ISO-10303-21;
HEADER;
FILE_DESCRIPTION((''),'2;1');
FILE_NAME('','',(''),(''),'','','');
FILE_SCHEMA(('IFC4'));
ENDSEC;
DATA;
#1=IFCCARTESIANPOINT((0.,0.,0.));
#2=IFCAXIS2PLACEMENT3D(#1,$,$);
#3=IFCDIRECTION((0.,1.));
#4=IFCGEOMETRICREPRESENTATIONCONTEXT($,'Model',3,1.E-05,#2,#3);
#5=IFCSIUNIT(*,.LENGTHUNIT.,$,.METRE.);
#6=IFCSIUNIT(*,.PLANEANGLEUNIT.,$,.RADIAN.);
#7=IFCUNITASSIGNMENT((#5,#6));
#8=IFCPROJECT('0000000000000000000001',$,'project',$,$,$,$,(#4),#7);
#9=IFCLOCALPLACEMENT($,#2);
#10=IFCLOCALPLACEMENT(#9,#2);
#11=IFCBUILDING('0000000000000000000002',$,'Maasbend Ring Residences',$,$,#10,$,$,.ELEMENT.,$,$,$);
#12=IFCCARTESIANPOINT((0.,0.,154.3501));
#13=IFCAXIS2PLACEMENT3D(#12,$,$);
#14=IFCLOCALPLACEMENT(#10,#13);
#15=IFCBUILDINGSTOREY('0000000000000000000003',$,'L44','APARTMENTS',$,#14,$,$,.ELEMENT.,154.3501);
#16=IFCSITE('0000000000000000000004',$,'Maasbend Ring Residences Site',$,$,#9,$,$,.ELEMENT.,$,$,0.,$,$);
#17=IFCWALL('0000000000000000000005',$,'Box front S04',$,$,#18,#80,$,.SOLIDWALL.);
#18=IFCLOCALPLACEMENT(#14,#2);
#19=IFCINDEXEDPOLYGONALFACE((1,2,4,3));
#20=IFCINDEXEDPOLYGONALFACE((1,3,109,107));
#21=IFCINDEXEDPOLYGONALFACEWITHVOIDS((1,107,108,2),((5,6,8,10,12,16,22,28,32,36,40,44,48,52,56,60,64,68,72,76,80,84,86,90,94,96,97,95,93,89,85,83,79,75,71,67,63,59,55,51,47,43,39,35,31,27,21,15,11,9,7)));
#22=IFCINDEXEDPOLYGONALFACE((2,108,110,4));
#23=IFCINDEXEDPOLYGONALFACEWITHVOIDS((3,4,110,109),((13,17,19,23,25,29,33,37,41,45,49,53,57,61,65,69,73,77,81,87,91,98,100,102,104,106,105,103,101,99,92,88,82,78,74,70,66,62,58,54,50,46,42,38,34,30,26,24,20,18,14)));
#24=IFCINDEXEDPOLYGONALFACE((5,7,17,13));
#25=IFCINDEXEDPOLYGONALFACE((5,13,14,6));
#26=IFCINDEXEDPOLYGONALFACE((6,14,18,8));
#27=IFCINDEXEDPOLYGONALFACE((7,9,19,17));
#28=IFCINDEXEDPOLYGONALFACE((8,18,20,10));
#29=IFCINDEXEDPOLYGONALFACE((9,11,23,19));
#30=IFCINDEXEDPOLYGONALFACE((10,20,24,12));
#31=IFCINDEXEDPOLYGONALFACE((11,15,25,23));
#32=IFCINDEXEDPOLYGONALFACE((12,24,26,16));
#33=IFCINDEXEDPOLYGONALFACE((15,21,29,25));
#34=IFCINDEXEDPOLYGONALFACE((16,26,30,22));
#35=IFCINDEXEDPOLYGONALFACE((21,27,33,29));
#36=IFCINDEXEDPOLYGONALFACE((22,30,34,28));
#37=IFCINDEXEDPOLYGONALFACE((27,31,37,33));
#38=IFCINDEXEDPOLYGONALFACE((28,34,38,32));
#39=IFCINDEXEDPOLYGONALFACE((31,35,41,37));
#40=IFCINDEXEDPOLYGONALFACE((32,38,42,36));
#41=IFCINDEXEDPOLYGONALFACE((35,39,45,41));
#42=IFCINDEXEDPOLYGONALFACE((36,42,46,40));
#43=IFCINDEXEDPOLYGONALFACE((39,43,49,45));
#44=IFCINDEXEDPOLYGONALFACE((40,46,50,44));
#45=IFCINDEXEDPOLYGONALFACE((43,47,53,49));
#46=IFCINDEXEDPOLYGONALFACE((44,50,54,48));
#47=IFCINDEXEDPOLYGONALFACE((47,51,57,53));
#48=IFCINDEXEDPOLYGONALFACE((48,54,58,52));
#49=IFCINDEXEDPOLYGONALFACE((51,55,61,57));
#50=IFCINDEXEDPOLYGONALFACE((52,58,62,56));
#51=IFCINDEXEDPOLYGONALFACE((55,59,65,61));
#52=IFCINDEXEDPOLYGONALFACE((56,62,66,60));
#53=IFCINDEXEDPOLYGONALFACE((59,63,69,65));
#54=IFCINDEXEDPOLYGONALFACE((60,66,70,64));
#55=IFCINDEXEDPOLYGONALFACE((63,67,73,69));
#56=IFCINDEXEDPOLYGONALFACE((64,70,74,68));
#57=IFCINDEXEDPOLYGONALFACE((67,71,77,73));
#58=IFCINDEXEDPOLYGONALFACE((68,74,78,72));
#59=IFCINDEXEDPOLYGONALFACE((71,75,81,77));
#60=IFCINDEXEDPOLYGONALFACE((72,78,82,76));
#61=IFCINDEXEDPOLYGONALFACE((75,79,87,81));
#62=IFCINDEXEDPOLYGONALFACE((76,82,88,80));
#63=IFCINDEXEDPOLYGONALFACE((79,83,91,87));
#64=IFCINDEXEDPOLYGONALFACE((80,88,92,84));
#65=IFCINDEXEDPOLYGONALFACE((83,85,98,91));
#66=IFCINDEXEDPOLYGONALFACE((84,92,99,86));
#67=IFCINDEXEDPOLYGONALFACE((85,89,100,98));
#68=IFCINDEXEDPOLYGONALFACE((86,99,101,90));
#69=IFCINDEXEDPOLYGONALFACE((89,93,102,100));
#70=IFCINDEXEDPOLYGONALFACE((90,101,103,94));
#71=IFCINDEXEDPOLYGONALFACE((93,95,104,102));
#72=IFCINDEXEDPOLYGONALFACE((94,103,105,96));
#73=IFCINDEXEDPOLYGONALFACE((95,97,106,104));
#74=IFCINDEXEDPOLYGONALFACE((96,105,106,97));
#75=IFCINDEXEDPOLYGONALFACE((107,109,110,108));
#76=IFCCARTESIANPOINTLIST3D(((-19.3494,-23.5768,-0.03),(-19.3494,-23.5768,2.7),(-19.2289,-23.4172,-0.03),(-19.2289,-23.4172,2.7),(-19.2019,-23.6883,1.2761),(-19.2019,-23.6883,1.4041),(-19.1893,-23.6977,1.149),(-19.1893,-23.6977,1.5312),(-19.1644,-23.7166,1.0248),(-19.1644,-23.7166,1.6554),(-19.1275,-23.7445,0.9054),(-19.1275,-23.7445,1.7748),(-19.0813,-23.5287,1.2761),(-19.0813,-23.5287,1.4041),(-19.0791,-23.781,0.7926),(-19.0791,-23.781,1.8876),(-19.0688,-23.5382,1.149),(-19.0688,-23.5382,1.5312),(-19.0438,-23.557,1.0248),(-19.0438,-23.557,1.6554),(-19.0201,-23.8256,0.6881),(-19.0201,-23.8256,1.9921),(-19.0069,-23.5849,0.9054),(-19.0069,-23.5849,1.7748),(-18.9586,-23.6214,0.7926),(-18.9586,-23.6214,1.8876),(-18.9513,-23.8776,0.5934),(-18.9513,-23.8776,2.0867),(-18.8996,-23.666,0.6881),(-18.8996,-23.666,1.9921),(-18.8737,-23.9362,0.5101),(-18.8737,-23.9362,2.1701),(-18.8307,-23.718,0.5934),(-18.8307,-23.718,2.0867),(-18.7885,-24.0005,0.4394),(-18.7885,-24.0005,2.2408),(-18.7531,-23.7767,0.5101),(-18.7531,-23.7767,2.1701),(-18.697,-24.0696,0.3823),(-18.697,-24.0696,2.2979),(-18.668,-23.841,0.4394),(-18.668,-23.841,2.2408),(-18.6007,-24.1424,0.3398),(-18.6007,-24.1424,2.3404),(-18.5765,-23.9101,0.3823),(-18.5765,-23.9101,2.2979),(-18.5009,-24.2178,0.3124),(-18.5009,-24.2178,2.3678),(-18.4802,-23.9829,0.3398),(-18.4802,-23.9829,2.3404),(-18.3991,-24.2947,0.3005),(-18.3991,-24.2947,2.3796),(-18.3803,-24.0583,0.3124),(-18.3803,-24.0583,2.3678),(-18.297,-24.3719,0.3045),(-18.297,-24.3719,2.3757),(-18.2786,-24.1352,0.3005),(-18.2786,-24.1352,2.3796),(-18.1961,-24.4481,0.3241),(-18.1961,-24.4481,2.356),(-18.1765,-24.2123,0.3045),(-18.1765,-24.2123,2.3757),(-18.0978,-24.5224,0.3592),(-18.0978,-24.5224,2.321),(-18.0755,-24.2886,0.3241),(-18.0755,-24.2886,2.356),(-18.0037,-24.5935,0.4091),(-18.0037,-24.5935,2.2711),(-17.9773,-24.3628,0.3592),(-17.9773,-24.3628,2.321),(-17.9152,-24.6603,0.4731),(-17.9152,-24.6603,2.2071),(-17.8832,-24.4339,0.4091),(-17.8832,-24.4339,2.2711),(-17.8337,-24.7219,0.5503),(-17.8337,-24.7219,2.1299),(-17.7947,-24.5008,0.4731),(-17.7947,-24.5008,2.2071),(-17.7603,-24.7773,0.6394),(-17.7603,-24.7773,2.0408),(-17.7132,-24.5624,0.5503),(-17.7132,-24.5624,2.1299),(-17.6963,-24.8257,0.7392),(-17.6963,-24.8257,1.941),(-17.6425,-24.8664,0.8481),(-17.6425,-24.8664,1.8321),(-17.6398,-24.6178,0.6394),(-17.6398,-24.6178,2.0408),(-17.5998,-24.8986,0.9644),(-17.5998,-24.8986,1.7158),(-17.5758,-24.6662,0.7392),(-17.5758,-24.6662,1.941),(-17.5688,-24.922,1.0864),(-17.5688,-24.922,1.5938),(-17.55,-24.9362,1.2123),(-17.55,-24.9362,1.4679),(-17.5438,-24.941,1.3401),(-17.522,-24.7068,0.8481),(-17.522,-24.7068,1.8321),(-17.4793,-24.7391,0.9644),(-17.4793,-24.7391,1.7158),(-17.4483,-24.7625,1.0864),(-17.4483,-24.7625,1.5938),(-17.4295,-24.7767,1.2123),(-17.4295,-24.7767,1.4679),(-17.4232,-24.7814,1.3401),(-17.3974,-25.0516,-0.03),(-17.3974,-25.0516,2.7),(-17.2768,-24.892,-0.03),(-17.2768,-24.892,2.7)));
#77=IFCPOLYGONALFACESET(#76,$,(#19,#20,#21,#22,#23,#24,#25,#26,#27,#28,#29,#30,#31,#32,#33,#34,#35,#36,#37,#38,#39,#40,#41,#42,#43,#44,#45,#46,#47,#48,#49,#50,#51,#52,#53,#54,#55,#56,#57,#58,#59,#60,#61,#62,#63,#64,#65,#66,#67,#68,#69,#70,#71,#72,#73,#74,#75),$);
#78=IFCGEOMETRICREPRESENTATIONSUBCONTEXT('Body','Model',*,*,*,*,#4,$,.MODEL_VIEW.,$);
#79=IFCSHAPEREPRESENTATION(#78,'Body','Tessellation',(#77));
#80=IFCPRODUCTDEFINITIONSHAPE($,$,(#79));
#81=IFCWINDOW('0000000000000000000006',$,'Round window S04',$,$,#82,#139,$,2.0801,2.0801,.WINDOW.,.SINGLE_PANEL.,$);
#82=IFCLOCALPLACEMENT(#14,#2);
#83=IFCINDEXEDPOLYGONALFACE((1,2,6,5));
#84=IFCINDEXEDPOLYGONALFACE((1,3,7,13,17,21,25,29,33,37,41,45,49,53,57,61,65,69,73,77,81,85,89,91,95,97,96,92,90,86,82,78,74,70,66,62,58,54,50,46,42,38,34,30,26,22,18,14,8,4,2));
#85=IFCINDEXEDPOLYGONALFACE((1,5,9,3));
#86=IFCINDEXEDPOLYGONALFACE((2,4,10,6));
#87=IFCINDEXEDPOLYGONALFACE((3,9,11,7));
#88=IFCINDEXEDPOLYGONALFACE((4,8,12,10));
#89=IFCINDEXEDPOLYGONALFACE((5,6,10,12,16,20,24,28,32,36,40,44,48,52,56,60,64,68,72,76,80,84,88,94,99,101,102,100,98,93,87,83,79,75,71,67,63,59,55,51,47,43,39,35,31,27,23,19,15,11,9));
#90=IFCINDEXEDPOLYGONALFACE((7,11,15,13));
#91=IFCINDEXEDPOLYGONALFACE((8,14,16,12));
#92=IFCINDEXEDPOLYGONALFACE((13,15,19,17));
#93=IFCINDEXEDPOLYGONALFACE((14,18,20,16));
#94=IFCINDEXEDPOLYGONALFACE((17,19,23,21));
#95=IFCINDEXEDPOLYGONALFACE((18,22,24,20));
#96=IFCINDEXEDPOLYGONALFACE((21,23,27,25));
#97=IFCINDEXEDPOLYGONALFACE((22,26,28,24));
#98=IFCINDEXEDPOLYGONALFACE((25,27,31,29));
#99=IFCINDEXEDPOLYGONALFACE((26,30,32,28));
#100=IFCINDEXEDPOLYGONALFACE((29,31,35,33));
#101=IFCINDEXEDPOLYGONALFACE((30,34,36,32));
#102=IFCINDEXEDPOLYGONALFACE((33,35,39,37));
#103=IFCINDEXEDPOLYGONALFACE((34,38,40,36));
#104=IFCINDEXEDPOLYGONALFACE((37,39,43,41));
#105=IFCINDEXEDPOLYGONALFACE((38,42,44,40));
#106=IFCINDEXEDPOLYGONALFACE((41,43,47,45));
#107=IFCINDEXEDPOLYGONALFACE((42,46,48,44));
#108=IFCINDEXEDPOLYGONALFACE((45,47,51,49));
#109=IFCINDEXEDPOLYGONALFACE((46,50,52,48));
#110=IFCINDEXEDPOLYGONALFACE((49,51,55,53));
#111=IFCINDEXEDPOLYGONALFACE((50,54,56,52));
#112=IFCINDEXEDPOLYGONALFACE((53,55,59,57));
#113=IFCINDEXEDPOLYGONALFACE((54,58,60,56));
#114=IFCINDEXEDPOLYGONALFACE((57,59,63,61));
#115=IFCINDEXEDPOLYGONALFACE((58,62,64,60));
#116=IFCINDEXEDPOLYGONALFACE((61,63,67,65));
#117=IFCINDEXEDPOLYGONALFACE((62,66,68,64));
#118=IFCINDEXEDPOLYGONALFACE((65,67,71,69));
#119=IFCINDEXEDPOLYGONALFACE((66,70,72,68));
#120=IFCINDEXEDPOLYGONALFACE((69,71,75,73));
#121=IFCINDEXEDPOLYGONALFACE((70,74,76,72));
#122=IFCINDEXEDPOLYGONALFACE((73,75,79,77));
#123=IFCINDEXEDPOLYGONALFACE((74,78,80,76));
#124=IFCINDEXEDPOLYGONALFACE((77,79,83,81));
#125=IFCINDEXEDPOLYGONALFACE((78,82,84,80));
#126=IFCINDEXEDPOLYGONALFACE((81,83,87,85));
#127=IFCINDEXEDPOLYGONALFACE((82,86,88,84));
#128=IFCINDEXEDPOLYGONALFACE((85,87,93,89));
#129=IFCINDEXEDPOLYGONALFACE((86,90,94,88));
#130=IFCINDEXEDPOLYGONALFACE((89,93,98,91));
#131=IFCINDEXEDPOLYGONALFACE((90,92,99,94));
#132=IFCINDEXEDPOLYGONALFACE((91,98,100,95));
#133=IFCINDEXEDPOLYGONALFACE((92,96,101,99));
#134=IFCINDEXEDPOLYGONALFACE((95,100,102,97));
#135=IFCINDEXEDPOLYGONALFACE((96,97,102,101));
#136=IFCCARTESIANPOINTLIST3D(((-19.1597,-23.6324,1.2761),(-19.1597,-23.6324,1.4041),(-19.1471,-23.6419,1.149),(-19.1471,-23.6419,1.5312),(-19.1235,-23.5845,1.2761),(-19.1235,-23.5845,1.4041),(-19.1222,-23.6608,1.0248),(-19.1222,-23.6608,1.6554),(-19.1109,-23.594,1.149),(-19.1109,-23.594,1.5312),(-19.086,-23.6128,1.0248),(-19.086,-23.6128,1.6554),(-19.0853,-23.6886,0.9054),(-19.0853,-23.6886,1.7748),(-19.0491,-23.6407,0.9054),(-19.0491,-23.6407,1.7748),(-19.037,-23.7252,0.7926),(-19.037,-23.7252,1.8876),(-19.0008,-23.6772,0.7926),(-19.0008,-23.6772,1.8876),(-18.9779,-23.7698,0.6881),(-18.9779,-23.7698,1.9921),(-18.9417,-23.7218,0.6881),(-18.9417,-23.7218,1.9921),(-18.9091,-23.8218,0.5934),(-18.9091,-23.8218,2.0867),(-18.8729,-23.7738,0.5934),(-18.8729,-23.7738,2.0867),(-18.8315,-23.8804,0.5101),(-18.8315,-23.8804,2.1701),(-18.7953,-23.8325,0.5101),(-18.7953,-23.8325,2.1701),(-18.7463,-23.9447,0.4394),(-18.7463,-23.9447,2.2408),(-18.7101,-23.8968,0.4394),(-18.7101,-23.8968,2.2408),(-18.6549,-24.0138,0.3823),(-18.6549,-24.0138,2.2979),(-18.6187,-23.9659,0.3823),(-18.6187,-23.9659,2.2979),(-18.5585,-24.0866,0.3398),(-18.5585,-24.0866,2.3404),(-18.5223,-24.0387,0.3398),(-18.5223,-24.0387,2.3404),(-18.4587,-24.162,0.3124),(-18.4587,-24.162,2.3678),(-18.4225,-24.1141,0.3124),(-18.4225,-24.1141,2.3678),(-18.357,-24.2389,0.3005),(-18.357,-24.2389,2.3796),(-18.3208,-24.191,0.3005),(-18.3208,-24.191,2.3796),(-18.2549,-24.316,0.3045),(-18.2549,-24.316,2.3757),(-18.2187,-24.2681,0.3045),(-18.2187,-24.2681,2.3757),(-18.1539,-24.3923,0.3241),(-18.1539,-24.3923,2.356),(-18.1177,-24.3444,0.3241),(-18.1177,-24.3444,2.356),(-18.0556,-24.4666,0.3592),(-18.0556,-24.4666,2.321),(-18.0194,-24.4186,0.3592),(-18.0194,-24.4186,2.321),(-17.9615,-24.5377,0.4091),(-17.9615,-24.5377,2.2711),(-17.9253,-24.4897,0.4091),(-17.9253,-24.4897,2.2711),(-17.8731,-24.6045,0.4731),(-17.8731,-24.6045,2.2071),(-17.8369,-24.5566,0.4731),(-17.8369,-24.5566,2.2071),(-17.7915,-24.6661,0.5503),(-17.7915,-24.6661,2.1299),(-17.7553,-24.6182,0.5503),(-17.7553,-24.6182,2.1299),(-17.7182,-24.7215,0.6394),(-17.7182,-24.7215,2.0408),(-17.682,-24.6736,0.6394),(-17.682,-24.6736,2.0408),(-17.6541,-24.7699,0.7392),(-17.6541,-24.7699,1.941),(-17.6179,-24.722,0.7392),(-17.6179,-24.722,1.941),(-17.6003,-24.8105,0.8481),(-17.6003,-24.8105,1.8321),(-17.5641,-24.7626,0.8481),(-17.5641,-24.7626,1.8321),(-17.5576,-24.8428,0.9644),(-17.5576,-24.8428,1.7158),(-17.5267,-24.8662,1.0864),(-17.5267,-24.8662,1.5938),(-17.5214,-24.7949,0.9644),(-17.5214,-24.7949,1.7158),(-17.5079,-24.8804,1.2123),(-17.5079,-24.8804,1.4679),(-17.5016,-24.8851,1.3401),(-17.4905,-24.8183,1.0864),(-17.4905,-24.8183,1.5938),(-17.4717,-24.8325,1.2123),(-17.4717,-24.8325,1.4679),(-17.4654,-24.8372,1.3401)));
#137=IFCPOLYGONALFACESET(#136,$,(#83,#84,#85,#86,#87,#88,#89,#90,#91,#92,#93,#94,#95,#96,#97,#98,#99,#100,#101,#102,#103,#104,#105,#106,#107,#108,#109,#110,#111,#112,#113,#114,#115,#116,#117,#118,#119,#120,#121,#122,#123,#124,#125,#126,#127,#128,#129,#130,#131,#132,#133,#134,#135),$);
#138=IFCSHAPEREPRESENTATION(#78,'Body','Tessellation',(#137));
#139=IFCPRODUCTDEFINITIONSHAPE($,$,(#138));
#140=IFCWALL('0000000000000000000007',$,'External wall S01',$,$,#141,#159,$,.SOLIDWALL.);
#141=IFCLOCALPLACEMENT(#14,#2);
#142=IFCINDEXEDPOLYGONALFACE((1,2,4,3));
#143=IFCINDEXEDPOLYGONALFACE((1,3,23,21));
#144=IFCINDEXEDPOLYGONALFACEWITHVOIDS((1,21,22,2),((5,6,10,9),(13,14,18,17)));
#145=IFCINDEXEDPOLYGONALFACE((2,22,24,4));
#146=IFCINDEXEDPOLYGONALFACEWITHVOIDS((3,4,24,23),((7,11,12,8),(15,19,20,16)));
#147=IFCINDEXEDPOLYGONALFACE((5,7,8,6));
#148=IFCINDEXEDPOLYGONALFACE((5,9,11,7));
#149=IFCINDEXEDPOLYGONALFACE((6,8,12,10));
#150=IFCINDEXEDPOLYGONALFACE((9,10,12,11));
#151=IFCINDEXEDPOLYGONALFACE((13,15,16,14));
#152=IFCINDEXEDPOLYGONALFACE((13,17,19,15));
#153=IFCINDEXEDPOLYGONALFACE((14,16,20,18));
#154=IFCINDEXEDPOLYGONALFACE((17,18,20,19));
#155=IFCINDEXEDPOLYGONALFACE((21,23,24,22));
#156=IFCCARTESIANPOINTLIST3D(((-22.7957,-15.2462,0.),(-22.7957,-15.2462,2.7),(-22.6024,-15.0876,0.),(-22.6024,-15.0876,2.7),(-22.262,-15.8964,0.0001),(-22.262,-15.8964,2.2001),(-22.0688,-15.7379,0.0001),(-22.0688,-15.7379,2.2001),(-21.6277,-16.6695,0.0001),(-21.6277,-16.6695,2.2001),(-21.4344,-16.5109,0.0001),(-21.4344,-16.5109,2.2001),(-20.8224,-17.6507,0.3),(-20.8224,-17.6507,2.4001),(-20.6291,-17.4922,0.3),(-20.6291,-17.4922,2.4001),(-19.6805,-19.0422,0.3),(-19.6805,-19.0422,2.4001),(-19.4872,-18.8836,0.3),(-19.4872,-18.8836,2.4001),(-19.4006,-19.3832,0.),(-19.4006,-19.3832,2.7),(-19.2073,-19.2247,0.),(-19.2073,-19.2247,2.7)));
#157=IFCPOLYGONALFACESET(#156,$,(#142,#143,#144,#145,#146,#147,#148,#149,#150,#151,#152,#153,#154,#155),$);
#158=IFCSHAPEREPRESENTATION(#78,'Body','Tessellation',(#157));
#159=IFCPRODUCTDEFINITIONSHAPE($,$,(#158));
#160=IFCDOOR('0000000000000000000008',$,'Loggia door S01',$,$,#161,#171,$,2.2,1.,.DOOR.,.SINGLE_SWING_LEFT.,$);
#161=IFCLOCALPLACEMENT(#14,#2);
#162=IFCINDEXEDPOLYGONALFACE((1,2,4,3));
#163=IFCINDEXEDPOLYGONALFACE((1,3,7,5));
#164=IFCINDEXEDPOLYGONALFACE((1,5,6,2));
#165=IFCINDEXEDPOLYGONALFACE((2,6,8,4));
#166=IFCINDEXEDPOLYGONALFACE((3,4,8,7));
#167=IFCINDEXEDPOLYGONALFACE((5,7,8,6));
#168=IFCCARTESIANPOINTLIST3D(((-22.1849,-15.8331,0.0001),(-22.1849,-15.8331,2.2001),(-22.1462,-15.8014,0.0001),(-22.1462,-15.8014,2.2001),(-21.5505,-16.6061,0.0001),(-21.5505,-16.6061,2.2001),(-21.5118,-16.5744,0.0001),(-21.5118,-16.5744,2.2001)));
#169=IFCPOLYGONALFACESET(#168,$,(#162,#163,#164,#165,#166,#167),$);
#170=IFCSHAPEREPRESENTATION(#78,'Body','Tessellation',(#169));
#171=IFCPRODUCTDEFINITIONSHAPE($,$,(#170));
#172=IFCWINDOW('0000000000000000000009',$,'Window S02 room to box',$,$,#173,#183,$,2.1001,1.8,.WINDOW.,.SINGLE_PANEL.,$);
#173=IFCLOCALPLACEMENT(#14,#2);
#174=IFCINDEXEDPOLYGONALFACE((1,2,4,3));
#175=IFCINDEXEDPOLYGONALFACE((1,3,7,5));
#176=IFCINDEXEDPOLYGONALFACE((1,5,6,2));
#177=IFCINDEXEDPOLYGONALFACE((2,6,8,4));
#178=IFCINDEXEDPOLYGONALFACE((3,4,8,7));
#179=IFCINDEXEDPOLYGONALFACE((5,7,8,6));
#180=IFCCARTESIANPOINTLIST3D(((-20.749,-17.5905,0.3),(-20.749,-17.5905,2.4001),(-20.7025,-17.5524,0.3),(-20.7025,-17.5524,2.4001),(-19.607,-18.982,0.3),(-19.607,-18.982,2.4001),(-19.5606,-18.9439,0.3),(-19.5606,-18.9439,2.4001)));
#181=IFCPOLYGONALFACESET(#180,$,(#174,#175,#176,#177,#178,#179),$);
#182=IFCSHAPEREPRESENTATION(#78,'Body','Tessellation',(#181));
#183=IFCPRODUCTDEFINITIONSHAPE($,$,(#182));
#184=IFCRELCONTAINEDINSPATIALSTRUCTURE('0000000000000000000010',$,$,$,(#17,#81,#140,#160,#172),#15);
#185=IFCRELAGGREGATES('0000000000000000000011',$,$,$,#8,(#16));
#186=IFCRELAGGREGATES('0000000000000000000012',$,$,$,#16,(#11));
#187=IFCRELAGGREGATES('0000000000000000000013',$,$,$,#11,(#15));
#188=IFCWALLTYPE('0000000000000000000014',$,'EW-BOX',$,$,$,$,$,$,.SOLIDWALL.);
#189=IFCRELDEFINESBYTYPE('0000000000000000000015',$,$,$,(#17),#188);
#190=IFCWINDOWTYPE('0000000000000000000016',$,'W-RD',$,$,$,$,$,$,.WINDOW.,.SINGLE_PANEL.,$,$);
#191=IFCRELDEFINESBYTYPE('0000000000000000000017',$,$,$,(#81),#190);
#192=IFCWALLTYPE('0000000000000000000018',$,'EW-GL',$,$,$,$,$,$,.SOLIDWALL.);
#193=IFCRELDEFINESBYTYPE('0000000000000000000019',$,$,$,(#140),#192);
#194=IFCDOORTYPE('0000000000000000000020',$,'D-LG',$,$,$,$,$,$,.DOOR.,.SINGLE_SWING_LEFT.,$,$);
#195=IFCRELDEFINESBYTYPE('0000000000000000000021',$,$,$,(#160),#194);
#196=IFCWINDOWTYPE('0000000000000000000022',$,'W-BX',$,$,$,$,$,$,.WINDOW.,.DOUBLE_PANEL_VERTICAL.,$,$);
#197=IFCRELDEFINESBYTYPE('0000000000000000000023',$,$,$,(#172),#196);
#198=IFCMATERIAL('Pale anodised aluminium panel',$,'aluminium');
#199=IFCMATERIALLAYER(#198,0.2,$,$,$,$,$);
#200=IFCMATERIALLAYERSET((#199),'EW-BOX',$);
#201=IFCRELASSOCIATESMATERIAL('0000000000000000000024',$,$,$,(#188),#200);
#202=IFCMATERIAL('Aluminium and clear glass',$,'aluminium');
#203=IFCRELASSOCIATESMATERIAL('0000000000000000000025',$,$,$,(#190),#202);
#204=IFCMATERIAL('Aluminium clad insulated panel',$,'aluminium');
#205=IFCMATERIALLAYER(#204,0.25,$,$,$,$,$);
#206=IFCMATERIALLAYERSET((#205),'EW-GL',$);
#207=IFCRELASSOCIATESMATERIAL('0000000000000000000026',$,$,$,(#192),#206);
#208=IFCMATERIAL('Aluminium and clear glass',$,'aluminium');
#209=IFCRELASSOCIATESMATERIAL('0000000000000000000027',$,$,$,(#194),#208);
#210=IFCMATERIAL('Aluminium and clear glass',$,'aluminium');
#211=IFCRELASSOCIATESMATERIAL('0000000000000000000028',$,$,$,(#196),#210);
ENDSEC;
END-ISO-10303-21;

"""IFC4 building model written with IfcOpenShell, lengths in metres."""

from ifc_helpers import new_model, si_unit, direction, frame, frame_2d, origin, place, context, subcontext, project, spatial, rectangle, circle, extrude, material, layer, layer_set, type_object, element, fill, save


model = new_model("IFC4")

# Units and contexts
model_context = context("Model", 3, precision=1e-05, world=origin(), true_north=direction((0.0, 1.0)))
body_context = subcontext(model_context, "Body", "Model", "MODEL_VIEW")
ifc_project = project(units=[si_unit("LENGTHUNIT", "METRE"), si_unit("PLANEANGLEUNIT", "RADIAN")], contexts=[model_context])

# Site, building, storey
site_placement = place(None, origin())
site = spatial("IfcSite", under=ifc_project, at=site_placement, Name="Maasbend Ring Residences Site", CompositionType="ELEMENT", RefElevation=0.0)
building_placement = place(site_placement, origin())
building = spatial("IfcBuilding", under=site, at=building_placement, Name="Maasbend Ring Residences", CompositionType="ELEMENT")
storey_placement = place(building_placement, frame((0.0, 0.0, 154.3501)))
storey = spatial("IfcBuildingStorey", under=building, at=storey_placement, Name="L44", Description="APARTMENTS", CompositionType="ELEMENT", Elevation=154.3501)

# Shared definitions
ifc_material_1 = material(Name="Pale anodised aluminium panel", Category="aluminium")
ifc_layer_1 = layer(ifc_material_1, 0.2)
ifc_layer_set_1 = layer_set([ifc_layer_1], Name="EW-BOX")
wall_type_1 = type_object("IfcWallType", Name="EW-BOX", PredefinedType="SOLIDWALL", material=ifc_layer_set_1)
ifc_material_2 = material(Name="Aluminium and clear glass", Category="aluminium")
window_type_1 = type_object("IfcWindowType", Name="W-RD", PartitioningType="SINGLE_PANEL", PredefinedType="WINDOW", material=ifc_material_2)

# Wall, opening, window
wall_1_placement = place(storey_placement, frame((-19.2891, -23.4971, -0.03), z_axis=(0.0, 0.0, 1.0), x_axis=(0.797888, -0.602806, 0.0)))
wall_1 = element("IfcWall", 1, at=wall_1_placement, inside=storey, type_object=wall_type_1, Name="Box front S04", PredefinedType="SOLIDWALL", context=body_context, shape_type="SweptSolid", body=[
    extrude(rectangle(XDim=2.4465, YDim=0.2, at=frame_2d((1.2231, 0.0))), origin(), (0.0, 0.0, 1.0), 2.73),
])
opening_1_placement = place(wall_1_placement, frame((0.1829, 0.0, 0.3301)))
opening_1 = element("IfcOpeningElement", 2, at=opening_1_placement, cuts=wall_1, PredefinedType="OPENING", context=body_context, shape_type="SweptSolid", body=[
    extrude(circle(Radius=1.04, at=frame_2d((1.04, 1.04))), frame((0.0, 0.1099, 0.0), z_axis=(0.0, -1.0, 0.0), x_axis=(1.0, 0.0, 0.0)), (0.0, 0.0, 1.0), 0.22),
])
window_1_placement = place(opening_1_placement, origin())
window_1 = element("IfcWindow", 3, at=window_1_placement, inside=storey, type_object=window_type_1, Name="Round window S04", OverallHeight=2.0801, OverallWidth=2.0801, PartitioningType="SINGLE_PANEL", PredefinedType="WINDOW", context=body_context, shape_type="SweptSolid", body=[
    extrude(circle(Radius=1.04, at=frame_2d((1.04, 1.04))), frame((0.0, 0.03, 0.0), z_axis=(0.0, -1.0, 0.0), x_axis=(1.0, 0.0, 0.0)), (0.0, 0.0, 1.0), 0.0601),
])
fill(opening_1, window_1)

# Wall, openings, door, window
ifc_material_3 = material(Name="Aluminium clad insulated panel", Category="aluminium")
ifc_layer_2 = layer(ifc_material_3, 0.25)
ifc_layer_set_2 = layer_set([ifc_layer_2], Name="EW-GL")
wall_type_2 = type_object("IfcWallType", Name="EW-GL", PredefinedType="SOLIDWALL", material=ifc_layer_set_2)
wall_2_placement = place(storey_placement, frame((-22.699, -15.167, 0.0), z_axis=(0.0, 0.0, 1.0), x_axis=(0.634382, -0.773019, 0.0)))
wall_2 = element("IfcWall", 4, at=wall_2_placement, inside=storey, type_object=wall_type_2, Name="External wall S01", PredefinedType="SOLIDWALL", context=body_context, shape_type="SweptSolid", body=[
    extrude(rectangle(XDim=5.3518, YDim=0.25, at=frame_2d((2.6758, 0.0))), origin(), (0.0, 0.0, 1.0), 2.7),
])
opening_2_placement = place(wall_2_placement, frame((0.8411, 0.0, 0.0)))
opening_2 = element("IfcOpeningElement", 5, at=opening_2_placement, cuts=wall_2, PredefinedType="OPENING", context=body_context, shape_type="SweptSolid", body=[
    extrude(rectangle(XDim=1.0, YDim=2.2, at=frame_2d((0.5, 1.1001))), frame((0.0, 0.135, 0.0), z_axis=(0.0, -1.0, 0.0), x_axis=(1.0, 0.0, 0.0)), (0.0, 0.0, 1.0), 0.27),
])
opening_3_placement = place(wall_2_placement, frame((3.1106, 0.0, 0.3)))
opening_3 = element("IfcOpeningElement", 6, at=opening_3_placement, cuts=wall_2, PredefinedType="OPENING", context=body_context, shape_type="SweptSolid", body=[
    extrude(rectangle(XDim=1.8, YDim=2.1001, at=frame_2d((0.8999, 1.05))), frame((0.0, 0.135, 0.0), z_axis=(0.0, -1.0, 0.0), x_axis=(1.0, 0.0, 0.0)), (0.0, 0.0, 1.0), 0.27),
])
ifc_material_4 = material(Name="Aluminium and clear glass", Category="aluminium")
door_type_1 = type_object("IfcDoorType", Name="D-LG", OperationType="SINGLE_SWING_LEFT", PredefinedType="DOOR", material=ifc_material_4)
door_1_placement = place(opening_2_placement, origin())
door_1 = element("IfcDoor", 7, at=door_1_placement, inside=storey, type_object=door_type_1, Name="Loggia door S01", OperationType="SINGLE_SWING_LEFT", OverallHeight=2.2, OverallWidth=1.0, PredefinedType="DOOR", context=body_context, shape_type="SweptSolid", body=[
    extrude(rectangle(XDim=1.0, YDim=2.2, at=frame_2d((0.5, 1.1001))), frame((0.0, 0.0249, 0.0), z_axis=(0.0, -1.0, 0.0), x_axis=(1.0, 0.0, 0.0)), (0.0, 0.0, 1.0), 0.05),
])
fill(opening_2, door_1)
ifc_material_5 = material(Name="Aluminium and clear glass", Category="aluminium")
window_type_2 = type_object("IfcWindowType", Name="W-BX", PartitioningType="DOUBLE_PANEL_VERTICAL", PredefinedType="WINDOW", material=ifc_material_5)
window_2_placement = place(opening_3_placement, origin())
window_2 = element("IfcWindow", 8, at=window_2_placement, inside=storey, type_object=window_type_2, Name="Window S02 room to box", OverallHeight=2.1001, OverallWidth=1.8, PartitioningType="SINGLE_PANEL", PredefinedType="WINDOW", context=body_context, shape_type="SweptSolid", body=[
    extrude(rectangle(XDim=1.8, YDim=2.1001, at=frame_2d((0.8999, 1.05))), frame((0.0, 0.03, 0.0), z_axis=(0.0, -1.0, 0.0), x_axis=(1.0, 0.0, 0.0)), (0.0, 0.0, 1.0), 0.0601),
])
fill(opening_3, window_2)

save(model, "model.ifc")
